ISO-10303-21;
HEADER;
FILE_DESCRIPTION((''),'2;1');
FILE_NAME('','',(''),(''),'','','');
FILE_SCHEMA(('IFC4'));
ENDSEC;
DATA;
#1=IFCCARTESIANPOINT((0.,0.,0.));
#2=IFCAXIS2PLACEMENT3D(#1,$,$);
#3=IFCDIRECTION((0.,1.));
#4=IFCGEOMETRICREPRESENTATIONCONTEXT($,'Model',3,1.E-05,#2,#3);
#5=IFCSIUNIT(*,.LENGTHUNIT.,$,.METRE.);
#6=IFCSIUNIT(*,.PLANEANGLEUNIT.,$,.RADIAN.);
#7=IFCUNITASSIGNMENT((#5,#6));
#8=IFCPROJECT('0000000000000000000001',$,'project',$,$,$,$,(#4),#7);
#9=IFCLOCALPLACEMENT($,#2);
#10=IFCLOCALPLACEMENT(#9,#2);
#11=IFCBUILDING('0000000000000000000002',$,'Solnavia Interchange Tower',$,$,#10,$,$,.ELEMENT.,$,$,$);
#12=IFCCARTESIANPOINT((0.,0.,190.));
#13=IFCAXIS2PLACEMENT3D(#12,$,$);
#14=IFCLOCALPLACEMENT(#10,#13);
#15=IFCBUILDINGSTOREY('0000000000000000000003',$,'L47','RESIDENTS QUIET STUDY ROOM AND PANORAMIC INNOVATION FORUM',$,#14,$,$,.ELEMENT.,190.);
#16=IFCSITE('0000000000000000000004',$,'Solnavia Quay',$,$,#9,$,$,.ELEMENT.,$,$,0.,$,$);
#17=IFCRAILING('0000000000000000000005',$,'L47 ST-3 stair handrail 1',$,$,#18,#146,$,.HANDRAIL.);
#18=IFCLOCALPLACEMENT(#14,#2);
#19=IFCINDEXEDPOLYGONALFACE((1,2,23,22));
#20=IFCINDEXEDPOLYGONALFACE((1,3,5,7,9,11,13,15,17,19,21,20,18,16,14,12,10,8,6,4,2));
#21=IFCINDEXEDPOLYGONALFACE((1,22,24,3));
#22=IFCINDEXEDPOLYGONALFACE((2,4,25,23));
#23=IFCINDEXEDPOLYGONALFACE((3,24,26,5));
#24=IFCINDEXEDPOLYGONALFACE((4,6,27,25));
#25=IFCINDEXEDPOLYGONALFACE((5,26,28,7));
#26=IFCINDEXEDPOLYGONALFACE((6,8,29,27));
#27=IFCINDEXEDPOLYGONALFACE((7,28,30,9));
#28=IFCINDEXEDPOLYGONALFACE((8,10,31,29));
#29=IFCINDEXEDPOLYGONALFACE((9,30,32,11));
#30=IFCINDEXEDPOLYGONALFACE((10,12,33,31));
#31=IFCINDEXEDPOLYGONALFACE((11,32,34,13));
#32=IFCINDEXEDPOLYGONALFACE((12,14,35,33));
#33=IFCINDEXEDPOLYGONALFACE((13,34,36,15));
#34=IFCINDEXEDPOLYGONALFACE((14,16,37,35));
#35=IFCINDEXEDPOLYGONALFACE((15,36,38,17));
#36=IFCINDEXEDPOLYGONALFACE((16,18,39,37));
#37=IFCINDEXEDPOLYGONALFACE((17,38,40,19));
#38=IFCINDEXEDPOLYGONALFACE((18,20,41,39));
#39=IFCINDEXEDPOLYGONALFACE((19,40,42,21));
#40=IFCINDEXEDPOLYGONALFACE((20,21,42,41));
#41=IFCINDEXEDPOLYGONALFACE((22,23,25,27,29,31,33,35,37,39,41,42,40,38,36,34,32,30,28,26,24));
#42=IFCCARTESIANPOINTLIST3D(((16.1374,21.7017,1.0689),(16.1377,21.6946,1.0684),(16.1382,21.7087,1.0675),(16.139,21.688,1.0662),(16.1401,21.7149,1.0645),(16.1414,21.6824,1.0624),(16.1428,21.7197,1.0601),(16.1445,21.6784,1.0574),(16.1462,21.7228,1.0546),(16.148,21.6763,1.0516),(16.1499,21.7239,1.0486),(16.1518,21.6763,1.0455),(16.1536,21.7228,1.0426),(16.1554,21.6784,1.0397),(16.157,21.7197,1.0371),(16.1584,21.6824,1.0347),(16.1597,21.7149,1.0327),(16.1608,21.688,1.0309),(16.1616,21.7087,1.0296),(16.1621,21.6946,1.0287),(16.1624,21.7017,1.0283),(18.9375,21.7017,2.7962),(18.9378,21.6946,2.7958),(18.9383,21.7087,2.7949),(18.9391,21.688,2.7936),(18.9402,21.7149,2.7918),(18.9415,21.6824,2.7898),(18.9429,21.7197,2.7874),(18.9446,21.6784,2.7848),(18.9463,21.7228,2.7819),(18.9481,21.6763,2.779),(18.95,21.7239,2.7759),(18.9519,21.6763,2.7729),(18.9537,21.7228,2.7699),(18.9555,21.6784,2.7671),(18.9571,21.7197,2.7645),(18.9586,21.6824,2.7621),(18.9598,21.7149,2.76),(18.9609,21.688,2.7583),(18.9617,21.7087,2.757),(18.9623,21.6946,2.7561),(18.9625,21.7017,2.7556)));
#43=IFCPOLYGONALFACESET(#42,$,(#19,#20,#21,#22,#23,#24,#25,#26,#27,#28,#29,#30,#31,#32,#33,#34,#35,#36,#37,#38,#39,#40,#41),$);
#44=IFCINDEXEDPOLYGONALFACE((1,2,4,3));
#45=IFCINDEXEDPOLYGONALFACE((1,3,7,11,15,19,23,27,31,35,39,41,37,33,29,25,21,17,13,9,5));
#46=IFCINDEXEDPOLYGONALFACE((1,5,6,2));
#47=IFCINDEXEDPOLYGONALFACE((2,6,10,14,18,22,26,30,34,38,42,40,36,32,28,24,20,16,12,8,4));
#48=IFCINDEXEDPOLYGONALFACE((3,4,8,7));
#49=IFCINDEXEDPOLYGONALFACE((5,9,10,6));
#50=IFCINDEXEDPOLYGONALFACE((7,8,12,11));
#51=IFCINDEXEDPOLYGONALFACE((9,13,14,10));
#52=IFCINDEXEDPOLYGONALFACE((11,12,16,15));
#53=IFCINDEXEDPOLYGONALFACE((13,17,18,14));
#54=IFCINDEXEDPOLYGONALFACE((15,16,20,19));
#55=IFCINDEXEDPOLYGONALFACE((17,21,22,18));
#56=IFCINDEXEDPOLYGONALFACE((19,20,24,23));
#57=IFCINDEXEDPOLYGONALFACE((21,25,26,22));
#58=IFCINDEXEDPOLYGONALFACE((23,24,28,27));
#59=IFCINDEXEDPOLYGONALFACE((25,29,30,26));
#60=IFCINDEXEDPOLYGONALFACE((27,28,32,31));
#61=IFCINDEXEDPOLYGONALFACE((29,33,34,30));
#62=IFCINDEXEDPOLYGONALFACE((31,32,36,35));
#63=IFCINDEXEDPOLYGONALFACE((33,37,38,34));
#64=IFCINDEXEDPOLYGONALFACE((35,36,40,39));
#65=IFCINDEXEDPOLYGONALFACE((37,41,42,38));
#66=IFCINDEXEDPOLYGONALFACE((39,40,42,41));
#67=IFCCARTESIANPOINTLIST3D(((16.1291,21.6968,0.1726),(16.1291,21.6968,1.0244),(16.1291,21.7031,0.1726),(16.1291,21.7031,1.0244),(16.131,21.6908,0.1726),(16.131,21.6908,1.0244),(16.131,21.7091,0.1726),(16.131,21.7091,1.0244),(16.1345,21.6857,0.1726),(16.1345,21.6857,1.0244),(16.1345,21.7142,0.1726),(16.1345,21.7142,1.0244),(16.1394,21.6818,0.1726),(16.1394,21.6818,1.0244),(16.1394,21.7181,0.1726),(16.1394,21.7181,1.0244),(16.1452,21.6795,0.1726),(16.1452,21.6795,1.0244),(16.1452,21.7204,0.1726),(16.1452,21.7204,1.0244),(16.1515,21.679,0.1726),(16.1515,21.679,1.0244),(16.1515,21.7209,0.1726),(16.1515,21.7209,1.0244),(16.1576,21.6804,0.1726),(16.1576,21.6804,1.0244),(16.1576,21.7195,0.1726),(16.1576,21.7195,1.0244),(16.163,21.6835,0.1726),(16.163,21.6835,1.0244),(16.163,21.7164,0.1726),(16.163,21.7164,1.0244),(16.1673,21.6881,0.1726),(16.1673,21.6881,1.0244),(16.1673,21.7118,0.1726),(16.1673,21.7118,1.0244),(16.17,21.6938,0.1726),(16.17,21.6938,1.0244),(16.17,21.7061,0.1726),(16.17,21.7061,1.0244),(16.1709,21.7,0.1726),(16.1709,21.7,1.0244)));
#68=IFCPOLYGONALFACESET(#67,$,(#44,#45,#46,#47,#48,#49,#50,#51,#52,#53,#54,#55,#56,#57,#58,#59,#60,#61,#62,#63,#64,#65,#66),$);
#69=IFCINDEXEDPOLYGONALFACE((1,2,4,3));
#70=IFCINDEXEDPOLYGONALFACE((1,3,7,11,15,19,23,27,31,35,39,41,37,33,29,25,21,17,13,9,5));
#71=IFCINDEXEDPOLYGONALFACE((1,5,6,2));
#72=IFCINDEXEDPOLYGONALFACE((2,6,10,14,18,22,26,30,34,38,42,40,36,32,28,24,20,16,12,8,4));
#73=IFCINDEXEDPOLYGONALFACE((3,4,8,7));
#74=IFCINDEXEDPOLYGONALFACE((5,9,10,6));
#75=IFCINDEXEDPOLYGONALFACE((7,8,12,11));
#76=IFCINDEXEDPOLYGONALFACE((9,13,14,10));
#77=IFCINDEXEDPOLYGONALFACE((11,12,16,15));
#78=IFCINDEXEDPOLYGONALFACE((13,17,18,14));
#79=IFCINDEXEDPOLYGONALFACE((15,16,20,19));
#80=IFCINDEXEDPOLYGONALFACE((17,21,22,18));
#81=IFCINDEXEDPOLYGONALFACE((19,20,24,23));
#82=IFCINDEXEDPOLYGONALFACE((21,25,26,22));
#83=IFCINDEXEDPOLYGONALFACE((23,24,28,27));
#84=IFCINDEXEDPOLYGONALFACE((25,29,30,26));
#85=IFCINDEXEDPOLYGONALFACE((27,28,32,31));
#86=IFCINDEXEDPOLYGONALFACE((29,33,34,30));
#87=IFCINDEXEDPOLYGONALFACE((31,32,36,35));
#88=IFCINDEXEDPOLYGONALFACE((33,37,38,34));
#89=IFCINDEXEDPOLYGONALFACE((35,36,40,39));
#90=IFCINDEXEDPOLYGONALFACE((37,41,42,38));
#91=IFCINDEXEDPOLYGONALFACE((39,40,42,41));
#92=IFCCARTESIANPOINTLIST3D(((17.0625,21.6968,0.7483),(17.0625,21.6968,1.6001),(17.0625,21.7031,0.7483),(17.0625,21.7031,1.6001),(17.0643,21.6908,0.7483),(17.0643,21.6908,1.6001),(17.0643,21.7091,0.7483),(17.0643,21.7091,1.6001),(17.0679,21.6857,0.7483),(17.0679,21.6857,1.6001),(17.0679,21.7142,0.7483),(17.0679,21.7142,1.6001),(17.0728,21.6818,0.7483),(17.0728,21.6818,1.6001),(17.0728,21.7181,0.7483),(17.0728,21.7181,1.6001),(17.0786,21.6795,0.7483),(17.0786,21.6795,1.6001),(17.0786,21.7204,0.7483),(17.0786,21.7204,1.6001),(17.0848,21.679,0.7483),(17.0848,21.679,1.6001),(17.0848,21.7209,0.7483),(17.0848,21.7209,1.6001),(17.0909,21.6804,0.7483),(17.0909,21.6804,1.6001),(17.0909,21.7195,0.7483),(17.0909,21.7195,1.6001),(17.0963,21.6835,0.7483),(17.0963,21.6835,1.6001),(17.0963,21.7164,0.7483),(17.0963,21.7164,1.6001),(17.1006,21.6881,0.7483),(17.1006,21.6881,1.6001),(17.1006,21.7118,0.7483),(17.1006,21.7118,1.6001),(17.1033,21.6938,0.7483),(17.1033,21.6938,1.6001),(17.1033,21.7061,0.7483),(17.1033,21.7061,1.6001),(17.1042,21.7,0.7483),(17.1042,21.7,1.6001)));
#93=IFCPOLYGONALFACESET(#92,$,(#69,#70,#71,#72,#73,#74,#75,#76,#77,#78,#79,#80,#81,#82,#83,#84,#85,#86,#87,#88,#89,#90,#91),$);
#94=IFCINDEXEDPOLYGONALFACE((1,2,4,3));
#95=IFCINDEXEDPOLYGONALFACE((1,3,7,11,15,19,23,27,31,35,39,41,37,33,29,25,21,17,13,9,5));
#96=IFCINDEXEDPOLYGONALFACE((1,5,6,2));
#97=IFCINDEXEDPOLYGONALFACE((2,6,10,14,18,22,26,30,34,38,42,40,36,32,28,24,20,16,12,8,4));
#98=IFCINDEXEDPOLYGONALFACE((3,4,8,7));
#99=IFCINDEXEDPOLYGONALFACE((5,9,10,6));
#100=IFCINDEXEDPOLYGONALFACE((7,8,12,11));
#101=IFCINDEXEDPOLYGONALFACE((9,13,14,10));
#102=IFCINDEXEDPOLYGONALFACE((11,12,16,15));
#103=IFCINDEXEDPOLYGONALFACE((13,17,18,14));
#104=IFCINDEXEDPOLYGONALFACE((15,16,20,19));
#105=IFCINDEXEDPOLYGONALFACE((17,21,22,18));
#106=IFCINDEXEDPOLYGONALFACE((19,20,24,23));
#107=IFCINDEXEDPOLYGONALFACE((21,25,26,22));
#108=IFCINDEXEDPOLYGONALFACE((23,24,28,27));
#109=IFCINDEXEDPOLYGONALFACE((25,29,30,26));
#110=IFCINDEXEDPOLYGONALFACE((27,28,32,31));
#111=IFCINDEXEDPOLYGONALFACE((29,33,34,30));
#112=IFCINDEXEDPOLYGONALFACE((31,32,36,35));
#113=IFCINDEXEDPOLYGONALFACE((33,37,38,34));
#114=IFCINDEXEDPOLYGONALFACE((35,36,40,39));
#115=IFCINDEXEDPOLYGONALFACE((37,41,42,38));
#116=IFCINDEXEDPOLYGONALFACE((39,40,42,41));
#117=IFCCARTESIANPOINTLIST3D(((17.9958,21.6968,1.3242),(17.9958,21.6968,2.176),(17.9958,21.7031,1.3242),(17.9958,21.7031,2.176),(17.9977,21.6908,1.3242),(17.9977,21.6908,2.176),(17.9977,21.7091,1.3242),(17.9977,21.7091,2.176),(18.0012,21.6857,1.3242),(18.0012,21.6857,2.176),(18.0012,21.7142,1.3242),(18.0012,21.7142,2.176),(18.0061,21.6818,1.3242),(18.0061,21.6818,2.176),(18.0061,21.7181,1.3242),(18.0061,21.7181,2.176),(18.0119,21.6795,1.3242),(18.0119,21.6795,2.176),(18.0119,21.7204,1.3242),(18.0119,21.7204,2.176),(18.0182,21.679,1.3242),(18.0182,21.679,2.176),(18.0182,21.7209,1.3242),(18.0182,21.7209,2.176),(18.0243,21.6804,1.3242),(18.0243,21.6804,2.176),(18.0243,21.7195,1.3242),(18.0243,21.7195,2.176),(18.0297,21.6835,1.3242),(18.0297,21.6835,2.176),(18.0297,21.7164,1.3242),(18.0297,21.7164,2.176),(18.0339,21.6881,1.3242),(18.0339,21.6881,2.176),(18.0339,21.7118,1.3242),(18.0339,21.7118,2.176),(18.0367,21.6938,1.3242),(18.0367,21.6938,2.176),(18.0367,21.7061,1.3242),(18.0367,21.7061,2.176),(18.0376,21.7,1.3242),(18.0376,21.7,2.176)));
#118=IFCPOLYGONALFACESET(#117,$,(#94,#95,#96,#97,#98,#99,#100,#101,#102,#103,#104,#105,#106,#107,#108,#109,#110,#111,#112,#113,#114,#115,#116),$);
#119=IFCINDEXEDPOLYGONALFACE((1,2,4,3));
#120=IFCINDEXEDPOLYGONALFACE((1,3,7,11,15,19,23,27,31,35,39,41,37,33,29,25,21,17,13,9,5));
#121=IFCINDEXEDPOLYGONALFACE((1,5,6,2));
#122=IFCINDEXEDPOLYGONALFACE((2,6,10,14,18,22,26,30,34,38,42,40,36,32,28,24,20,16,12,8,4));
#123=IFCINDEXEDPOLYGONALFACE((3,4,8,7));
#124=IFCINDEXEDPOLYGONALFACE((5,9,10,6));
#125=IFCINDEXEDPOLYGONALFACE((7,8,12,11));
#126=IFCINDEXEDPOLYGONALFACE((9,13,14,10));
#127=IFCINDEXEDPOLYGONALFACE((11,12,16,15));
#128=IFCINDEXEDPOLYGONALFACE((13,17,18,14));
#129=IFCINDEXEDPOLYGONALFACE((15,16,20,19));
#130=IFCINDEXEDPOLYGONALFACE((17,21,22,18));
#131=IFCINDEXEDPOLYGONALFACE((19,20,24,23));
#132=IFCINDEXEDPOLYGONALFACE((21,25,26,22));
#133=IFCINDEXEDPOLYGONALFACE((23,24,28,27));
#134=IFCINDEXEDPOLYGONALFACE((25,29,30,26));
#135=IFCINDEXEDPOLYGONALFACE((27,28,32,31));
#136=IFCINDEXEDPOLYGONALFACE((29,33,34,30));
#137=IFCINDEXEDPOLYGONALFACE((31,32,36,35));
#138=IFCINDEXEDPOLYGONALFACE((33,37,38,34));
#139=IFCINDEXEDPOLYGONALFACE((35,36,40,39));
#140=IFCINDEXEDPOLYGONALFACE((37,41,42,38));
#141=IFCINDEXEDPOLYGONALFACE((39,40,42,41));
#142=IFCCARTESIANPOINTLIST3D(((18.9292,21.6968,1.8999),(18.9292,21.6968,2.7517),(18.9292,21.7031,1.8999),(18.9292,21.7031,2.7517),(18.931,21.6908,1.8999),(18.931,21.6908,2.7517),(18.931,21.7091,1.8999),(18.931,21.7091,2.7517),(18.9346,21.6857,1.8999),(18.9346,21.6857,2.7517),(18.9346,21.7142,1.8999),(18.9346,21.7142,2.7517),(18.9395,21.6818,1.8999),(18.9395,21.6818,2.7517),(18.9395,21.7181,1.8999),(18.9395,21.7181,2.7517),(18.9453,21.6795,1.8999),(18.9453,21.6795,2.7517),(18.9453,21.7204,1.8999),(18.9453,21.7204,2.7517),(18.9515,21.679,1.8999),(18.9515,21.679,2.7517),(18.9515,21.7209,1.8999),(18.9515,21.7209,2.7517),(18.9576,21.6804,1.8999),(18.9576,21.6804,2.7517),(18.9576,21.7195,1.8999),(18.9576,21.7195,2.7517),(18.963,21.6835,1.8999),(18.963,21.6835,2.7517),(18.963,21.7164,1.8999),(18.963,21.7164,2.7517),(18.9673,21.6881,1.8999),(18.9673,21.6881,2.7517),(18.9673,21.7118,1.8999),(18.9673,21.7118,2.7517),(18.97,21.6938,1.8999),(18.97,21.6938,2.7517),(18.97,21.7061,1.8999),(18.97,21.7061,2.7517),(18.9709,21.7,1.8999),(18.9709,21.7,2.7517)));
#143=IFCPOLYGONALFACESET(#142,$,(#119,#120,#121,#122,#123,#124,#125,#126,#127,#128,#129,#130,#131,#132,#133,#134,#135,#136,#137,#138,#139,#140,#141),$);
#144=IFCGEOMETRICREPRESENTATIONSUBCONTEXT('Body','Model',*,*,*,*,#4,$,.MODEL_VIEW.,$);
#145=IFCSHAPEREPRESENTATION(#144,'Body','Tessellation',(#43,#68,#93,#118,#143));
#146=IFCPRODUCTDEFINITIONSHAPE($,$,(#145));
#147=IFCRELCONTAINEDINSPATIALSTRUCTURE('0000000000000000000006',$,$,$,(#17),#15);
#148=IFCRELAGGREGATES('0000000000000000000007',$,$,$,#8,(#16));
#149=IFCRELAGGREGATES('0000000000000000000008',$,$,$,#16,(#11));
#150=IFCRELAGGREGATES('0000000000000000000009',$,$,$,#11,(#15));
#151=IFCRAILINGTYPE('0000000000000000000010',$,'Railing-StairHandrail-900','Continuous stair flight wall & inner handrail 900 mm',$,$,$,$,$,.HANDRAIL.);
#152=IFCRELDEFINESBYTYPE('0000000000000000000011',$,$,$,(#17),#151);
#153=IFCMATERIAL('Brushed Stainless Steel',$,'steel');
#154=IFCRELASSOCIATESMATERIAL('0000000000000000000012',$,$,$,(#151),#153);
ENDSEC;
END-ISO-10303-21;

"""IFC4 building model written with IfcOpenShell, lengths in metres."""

from ifc_helpers import new_model, si_unit, direction, frame, origin, origin_2d, place, context, subcontext, project, spatial, circle, extrude, material, type_object, element, save


model = new_model("IFC4")

# Units and contexts
model_context = context("Model", 3, precision=1e-05, world=origin(), true_north=direction((0.0, 1.0)))
body_context = subcontext(model_context, "Body", "Model", "MODEL_VIEW")
ifc_project = project(units=[si_unit("LENGTHUNIT", "METRE"), si_unit("PLANEANGLEUNIT", "RADIAN")], contexts=[model_context])

# Site, building, storey
site_placement = place(None, origin())
site = spatial("IfcSite", under=ifc_project, at=site_placement, Name="Solnavia Quay", CompositionType="ELEMENT", RefElevation=0.0)
building_placement = place(site_placement, origin())
building = spatial("IfcBuilding", under=site, at=building_placement, Name="Solnavia Interchange Tower", CompositionType="ELEMENT")
storey_placement = place(building_placement, frame((0.0, 0.0, 190.0)))
storey = spatial("IfcBuildingStorey", under=building, at=storey_placement, Name="L47", Description="RESIDENTS QUIET STUDY ROOM AND PANORAMIC INNOVATION FORUM", CompositionType="ELEMENT", Elevation=190.0)

# Railing
ifc_material_1 = material(Name="Brushed Stainless Steel", Category="steel")
railing_type_1 = type_object("IfcRailingType", Name="Railing-StairHandrail-900", Description="Continuous stair flight wall & inner handrail 900 mm", PredefinedType="HANDRAIL", material=ifc_material_1)
railing_1_placement = place(storey_placement, frame((16.1499, 21.7, 0.1726)))
element("IfcRailing", 1, at=railing_1_placement, inside=storey, type_object=railing_type_1, Name="L47 ST-3 stair handrail 1", PredefinedType="HANDRAIL", context=body_context, shape_type="SweptSolid", body=[
    extrude(circle(Radius=0.0239, at=origin_2d()), frame((0.0, 0.0, 0.876), z_axis=(0.85109, 0.0, 0.52502), x_axis=(0.0, 1.0, 0.0)), (0.0, 0.0, 1.0), 3.29),
    extrude(circle(Radius=0.021, at=origin_2d()), origin(), (0.0, 0.0, 1.0), 0.8518),
    extrude(circle(Radius=0.021, at=origin_2d()), frame((0.9333, 0.0, 0.5757)), (0.0, 0.0, 1.0), 0.8518),
    extrude(circle(Radius=0.021, at=origin_2d()), frame((1.8667, 0.0, 1.1516)), (0.0, 0.0, 1.0), 0.8518),
    extrude(circle(Radius=0.021, at=origin_2d()), frame((2.8, 0.0, 1.7273)), (0.0, 0.0, 1.0), 0.8518),
])

save(model, "model.ifc")
